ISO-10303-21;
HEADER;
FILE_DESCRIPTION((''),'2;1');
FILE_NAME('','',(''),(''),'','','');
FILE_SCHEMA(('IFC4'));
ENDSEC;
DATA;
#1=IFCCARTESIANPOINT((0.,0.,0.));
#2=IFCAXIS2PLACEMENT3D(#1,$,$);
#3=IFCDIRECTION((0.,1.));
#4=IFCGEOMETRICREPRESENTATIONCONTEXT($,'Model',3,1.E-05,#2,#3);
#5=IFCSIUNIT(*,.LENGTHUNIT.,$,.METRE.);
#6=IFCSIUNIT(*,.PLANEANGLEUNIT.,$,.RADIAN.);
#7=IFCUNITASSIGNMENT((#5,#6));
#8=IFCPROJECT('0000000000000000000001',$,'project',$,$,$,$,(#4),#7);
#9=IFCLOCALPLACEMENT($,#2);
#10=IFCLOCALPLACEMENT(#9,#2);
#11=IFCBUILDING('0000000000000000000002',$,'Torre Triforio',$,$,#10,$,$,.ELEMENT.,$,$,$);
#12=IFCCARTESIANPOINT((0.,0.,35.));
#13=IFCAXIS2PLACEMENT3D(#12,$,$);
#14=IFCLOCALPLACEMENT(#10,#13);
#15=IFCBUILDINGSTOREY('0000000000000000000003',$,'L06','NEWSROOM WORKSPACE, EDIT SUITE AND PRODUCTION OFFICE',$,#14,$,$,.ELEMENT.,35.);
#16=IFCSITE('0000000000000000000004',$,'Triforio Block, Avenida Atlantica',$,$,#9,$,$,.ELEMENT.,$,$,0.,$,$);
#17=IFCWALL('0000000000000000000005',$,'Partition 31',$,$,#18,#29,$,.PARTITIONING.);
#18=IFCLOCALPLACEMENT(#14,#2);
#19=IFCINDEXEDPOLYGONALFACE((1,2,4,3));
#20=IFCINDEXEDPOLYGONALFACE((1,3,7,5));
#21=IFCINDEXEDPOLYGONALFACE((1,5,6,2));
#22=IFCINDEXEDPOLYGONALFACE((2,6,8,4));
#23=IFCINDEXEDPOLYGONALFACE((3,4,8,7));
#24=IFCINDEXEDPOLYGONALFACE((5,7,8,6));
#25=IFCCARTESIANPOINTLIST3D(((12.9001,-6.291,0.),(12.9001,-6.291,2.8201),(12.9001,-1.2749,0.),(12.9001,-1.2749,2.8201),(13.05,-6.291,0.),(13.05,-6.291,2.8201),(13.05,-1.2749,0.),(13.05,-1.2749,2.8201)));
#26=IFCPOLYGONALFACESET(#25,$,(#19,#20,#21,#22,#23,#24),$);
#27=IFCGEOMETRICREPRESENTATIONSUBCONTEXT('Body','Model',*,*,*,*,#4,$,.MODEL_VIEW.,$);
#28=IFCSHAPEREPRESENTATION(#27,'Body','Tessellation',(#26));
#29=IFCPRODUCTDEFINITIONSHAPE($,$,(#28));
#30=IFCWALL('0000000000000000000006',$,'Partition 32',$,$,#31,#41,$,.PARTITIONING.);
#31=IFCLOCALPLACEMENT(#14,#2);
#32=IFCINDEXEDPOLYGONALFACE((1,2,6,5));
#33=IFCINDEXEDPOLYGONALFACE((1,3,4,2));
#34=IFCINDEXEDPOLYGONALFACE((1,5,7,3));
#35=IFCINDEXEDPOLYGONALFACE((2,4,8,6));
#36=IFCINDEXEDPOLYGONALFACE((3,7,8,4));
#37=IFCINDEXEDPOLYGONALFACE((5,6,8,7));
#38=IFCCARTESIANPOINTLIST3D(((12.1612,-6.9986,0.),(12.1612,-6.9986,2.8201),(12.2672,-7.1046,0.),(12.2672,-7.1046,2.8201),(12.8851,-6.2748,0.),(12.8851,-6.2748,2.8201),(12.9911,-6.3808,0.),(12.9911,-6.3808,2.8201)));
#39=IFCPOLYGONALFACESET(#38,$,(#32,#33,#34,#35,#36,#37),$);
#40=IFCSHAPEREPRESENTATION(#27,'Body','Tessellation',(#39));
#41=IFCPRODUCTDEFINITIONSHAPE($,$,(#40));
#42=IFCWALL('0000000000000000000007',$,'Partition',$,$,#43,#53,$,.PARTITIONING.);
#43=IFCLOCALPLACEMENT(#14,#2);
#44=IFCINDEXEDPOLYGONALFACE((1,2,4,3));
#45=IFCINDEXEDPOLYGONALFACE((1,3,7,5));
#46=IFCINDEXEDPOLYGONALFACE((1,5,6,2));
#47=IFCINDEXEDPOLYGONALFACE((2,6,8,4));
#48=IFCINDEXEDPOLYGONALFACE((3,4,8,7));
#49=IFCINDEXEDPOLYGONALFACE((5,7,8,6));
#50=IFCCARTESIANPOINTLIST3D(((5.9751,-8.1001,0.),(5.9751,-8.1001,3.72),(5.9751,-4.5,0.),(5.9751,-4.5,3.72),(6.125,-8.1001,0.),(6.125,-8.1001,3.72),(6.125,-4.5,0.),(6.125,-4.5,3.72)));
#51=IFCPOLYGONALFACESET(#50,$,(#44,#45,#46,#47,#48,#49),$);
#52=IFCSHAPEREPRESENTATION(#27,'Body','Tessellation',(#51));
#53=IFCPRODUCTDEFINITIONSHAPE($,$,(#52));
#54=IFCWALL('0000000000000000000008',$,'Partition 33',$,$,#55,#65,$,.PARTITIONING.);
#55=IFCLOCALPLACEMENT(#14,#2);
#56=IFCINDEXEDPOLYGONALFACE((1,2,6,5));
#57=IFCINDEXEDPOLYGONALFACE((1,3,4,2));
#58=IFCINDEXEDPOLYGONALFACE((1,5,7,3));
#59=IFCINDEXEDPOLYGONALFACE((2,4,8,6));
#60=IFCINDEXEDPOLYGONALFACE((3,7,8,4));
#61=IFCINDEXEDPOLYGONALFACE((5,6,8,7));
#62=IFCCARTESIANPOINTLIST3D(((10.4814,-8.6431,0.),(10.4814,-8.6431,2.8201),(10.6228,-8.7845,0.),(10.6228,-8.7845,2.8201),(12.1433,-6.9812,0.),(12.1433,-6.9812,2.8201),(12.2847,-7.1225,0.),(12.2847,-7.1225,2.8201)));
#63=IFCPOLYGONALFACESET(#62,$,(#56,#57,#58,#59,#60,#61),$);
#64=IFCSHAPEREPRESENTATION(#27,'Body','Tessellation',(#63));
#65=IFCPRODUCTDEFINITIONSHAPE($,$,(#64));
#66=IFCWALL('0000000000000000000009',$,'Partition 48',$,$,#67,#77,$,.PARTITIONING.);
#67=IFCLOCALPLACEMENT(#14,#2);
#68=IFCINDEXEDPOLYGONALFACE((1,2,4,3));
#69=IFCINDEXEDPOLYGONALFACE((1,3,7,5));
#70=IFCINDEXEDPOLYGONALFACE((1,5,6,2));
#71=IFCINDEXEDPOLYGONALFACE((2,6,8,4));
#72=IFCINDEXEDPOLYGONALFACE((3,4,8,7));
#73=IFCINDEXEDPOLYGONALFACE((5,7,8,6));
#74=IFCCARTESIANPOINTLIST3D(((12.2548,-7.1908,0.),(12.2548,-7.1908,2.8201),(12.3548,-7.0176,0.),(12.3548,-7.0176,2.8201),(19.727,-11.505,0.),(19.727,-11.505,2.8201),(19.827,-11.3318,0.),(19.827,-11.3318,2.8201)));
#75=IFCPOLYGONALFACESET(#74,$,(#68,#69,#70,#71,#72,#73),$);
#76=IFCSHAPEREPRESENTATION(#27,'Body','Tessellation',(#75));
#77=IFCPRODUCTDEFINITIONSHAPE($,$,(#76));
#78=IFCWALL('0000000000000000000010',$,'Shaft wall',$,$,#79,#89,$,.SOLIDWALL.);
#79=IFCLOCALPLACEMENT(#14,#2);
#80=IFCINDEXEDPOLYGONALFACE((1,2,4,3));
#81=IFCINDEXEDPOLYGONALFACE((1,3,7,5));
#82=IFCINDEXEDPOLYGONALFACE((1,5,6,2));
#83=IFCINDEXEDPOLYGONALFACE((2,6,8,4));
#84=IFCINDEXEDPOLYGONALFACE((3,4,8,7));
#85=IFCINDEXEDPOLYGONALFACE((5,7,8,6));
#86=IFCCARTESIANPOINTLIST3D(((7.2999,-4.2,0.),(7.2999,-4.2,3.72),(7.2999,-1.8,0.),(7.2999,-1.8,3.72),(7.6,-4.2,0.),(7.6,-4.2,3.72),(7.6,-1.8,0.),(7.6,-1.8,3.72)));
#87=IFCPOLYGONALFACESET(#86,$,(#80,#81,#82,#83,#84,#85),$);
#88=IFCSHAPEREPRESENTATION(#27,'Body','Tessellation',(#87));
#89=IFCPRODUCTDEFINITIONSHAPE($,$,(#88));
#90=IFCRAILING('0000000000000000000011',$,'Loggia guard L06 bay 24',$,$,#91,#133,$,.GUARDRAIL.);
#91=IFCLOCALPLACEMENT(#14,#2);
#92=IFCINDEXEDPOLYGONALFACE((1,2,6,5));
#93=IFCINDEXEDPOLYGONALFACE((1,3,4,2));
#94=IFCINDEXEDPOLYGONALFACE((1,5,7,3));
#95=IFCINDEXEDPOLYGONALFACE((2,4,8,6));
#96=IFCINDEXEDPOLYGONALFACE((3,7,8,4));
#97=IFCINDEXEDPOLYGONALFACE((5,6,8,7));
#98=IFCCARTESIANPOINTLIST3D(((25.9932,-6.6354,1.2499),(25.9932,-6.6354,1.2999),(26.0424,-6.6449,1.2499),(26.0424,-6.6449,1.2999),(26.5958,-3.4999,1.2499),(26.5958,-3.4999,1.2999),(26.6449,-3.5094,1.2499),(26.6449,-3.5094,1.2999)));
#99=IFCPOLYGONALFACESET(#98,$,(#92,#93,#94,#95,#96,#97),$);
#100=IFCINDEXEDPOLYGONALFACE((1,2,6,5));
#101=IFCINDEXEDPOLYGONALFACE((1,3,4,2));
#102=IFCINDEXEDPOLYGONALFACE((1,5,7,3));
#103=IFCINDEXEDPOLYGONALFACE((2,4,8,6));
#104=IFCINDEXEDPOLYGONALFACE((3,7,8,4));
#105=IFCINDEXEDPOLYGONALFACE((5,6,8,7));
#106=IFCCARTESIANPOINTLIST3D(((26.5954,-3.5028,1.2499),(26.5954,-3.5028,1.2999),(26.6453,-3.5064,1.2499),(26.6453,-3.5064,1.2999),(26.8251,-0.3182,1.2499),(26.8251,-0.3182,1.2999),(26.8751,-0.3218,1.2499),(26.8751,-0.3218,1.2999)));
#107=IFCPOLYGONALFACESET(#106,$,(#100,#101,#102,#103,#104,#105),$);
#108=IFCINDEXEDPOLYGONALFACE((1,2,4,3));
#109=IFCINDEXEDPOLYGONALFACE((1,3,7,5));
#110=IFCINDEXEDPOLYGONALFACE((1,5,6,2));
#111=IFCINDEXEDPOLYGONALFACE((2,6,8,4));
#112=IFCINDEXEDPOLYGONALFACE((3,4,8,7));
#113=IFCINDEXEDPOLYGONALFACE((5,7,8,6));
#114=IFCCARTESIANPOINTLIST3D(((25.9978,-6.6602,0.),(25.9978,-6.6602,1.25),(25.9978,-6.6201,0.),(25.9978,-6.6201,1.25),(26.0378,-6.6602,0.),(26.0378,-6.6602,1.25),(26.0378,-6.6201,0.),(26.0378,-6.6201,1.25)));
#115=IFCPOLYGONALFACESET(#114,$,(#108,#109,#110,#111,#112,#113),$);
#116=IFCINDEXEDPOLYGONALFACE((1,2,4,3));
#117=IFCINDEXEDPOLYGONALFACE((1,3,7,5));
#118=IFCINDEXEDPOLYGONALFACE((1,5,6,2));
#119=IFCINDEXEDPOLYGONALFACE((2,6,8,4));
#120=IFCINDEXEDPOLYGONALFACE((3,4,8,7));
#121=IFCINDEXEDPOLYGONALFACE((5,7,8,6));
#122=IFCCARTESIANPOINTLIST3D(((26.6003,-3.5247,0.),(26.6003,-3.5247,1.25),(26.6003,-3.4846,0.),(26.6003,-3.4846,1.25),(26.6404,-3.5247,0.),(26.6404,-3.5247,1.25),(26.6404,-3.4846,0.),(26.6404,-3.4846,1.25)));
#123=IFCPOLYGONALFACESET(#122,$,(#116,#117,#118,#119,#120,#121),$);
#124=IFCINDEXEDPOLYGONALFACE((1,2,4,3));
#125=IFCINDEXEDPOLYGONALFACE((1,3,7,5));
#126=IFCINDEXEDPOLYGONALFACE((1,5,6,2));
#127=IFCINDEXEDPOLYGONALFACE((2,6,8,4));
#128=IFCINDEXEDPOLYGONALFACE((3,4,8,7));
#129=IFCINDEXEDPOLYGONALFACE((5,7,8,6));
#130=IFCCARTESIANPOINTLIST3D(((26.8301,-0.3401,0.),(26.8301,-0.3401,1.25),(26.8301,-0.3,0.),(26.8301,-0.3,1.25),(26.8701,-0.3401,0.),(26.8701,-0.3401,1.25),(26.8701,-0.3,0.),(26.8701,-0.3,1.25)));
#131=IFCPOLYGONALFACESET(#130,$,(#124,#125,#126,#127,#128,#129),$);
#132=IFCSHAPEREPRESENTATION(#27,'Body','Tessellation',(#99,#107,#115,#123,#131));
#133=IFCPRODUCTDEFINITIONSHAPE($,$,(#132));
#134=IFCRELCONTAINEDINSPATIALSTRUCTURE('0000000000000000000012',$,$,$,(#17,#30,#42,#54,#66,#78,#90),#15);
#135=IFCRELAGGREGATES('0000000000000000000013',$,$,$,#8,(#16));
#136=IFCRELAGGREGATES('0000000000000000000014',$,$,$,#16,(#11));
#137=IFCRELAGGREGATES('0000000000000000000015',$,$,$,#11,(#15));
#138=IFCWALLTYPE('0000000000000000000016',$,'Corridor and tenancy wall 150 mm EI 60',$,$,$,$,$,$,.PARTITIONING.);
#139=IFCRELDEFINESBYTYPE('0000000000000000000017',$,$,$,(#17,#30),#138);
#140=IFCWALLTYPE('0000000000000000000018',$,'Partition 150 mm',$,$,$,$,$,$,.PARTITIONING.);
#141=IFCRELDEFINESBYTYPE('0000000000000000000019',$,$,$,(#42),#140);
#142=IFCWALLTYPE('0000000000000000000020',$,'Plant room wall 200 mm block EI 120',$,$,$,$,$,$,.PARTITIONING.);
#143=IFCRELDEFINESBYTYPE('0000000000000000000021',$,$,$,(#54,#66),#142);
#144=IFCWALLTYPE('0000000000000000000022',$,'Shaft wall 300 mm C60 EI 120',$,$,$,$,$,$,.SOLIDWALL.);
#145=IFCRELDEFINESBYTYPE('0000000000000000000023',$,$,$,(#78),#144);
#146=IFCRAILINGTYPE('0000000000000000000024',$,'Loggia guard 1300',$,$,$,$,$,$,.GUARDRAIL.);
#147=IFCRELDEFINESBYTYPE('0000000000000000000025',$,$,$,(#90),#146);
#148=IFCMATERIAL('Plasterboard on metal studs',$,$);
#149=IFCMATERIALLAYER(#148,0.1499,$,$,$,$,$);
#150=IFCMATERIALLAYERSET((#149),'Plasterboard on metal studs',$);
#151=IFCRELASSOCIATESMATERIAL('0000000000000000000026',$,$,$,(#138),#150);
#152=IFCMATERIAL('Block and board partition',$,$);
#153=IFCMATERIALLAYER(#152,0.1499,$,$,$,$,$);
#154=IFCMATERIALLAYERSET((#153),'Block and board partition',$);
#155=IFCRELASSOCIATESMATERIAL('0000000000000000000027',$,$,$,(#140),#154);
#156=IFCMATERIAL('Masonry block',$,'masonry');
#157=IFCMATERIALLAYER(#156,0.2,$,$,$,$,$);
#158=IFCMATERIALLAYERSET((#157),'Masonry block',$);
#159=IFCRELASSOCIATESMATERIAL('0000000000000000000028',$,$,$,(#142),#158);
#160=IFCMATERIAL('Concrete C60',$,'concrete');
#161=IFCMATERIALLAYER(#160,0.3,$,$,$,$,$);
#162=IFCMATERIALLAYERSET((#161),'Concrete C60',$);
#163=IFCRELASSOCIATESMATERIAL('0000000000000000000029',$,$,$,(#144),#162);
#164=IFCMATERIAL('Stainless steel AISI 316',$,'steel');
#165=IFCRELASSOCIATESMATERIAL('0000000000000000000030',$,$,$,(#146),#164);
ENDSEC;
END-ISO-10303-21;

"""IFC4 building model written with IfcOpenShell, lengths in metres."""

from ifc_helpers import new_model, si_unit, direction, frame, frame_2d, origin, origin_2d, place, context, subcontext, project, spatial, rectangle, extrude, material, layer, layer_set, type_object, element, save


model = new_model("IFC4")

# Units and contexts
model_context = context("Model", 3, precision=1e-05, world=origin(), true_north=direction((0.0, 1.0)))
body_context = subcontext(model_context, "Body", "Model", "MODEL_VIEW")
ifc_project = project(units=[si_unit("LENGTHUNIT", "METRE"), si_unit("PLANEANGLEUNIT", "RADIAN")], contexts=[model_context])

# Site, building, storey
site_placement = place(None, origin())
site = spatial("IfcSite", under=ifc_project, at=site_placement, Name="Triforio Block, Avenida Atlantica", CompositionType="ELEMENT", RefElevation=0.0)
building_placement = place(site_placement, origin())
building = spatial("IfcBuilding", under=site, at=building_placement, Name="Torre Triforio", CompositionType="ELEMENT")
storey_placement = place(building_placement, frame((0.0, 0.0, 35.0)))
storey = spatial("IfcBuildingStorey", under=building, at=storey_placement, Name="L06", Description="NEWSROOM WORKSPACE, EDIT SUITE AND PRODUCTION OFFICE", CompositionType="ELEMENT", Elevation=35.0)

# Shared definitions
ifc_material_1 = material(Name="Concrete C60", Category="concrete")
ifc_material_2 = material(Name="Plasterboard on metal studs")
ifc_layer_1 = layer(ifc_material_2, 0.1499)
ifc_layer_set_1 = layer_set([ifc_layer_1], Name="Plasterboard on metal studs")
wall_type_1 = type_object("IfcWallType", Name="Corridor and tenancy wall 150 mm EI 60", PredefinedType="PARTITIONING", material=ifc_layer_set_1)

# Walls
wall_1_placement = place(storey_placement, frame((12.9751, -1.2749, 0.0), z_axis=(0.0, 0.0, 1.0), x_axis=(0.0, -1.0, 0.0)))
element("IfcWall", 1, at=wall_1_placement, inside=storey, type_object=wall_type_1, Name="Partition 31", PredefinedType="PARTITIONING", context=body_context, shape_type="SweptSolid", body=[
    extrude(rectangle(XDim=5.0161, YDim=0.1499, at=frame_2d((2.5081, 0.0))), origin(), (0.0, 0.0, 1.0), 2.8201),
])
wall_2_placement = place(storey_placement, frame((12.938, -6.3279, 0.0), z_axis=(0.0, 0.0, 1.0), x_axis=(-0.707107, -0.707107, 0.0)))
element("IfcWall", 2, at=wall_2_placement, inside=storey, type_object=wall_type_1, Name="Partition 32", PredefinedType="PARTITIONING", context=body_context, shape_type="SweptSolid", body=[
    extrude(rectangle(XDim=1.0237, YDim=0.1499, at=frame_2d((0.5117, 0.0))), origin(), (0.0, 0.0, 1.0), 2.8201),
])
ifc_material_3 = material(Name="Block and board partition")
ifc_layer_2 = layer(ifc_material_3, 0.1499)
ifc_layer_set_2 = layer_set([ifc_layer_2], Name="Block and board partition")
wall_type_2 = type_object("IfcWallType", Name="Partition 150 mm", PredefinedType="PARTITIONING", material=ifc_layer_set_2)
wall_3_placement = place(storey_placement, frame((6.05, -8.1001, 0.0), z_axis=(0.0, 0.0, 1.0), x_axis=(0.0, 1.0, 0.0)))
element("IfcWall", 3, at=wall_3_placement, inside=storey, type_object=wall_type_2, Name="Partition", PredefinedType="PARTITIONING", context=body_context, shape_type="SweptSolid", body=[
    extrude(rectangle(XDim=3.6001, YDim=0.1499, at=frame_2d((1.8, 0.0))), origin(), (0.0, 0.0, 1.0), 3.72),
])
ifc_material_4 = material(Name="Masonry block", Category="masonry")
ifc_layer_3 = layer(ifc_material_4, 0.2)
ifc_layer_set_3 = layer_set([ifc_layer_3], Name="Masonry block")
wall_type_3 = type_object("IfcWallType", Name="Plant room wall 200 mm block EI 120", PredefinedType="PARTITIONING", material=ifc_layer_set_3)
wall_4_placement = place(storey_placement, frame((12.2141, -7.0518, 0.0), z_axis=(0.0, 0.0, 1.0), x_axis=(-0.707107, -0.707107, 0.0)))
element("IfcWall", 4, at=wall_4_placement, inside=storey, type_object=wall_type_3, Name="Partition 33", PredefinedType="PARTITIONING", context=body_context, shape_type="SweptSolid", body=[
    extrude(rectangle(XDim=2.3503, YDim=0.2, at=frame_2d((1.1753, 0.0))), origin(), (0.0, 0.0, 1.0), 2.8201),
])
wall_5_placement = place(storey_placement, frame((12.3049, -7.1042, 0.0), z_axis=(0.0, 0.0, 1.0), x_axis=(0.866018, -0.500013, 0.0)))
element("IfcWall", 5, at=wall_5_placement, inside=storey, type_object=wall_type_3, Name="Partition 48", PredefinedType="PARTITIONING", context=body_context, shape_type="SweptSolid", body=[
    extrude(rectangle(XDim=8.6282, YDim=0.2, at=frame_2d((4.314, 0.0))), origin(), (0.0, 0.0, 1.0), 2.8201),
])
ifc_layer_4 = layer(ifc_material_1, 0.3)
ifc_layer_set_4 = layer_set([ifc_layer_4], Name="Concrete C60")
wall_type_4 = type_object("IfcWallType", Name="Shaft wall 300 mm C60 EI 120", PredefinedType="SOLIDWALL", material=ifc_layer_set_4)
wall_6_placement = place(storey_placement, frame((7.45, -4.2, 0.0), z_axis=(0.0, 0.0, 1.0), x_axis=(0.0, 1.0, 0.0)))
element("IfcWall", 6, at=wall_6_placement, inside=storey, type_object=wall_type_4, Name="Shaft wall", PredefinedType="SOLIDWALL", context=body_context, shape_type="SweptSolid", body=[
    extrude(rectangle(XDim=2.3999, YDim=0.3, at=frame_2d((1.2, 0.0))), origin(), (0.0, 0.0, 1.0), 3.72),
])

# Railing
ifc_material_5 = material(Name="Stainless steel AISI 316", Category="steel")
railing_type = type_object("IfcRailingType", Name="Loggia guard 1300", PredefinedType="GUARDRAIL", material=ifc_material_5)
railing_placement = place(storey_placement, frame((26.0178, -6.6401, 0.0)))
element("IfcRailing", 7, at=railing_placement, inside=storey, type_object=railing_type, Name="Loggia guard L06 bay 24", PredefinedType="GUARDRAIL", context=body_context, shape_type="SweptSolid", body=[
    extrude(rectangle(XDim=0.05, YDim=0.05, at=origin_2d()), frame((0.0, 0.0, 1.2749), z_axis=(0.188714, 0.982032, 0.0), x_axis=(-0.982032, 0.188714, 0.0)), (0.0, 0.0, 1.0), 3.1929),
    extrude(rectangle(XDim=0.05, YDim=0.05, at=origin_2d()), frame((0.6025, 3.1355, 1.2749), z_axis=(0.071953, 0.997408, 0.0), x_axis=(-0.997408, 0.071953, 0.0)), (0.0, 0.0, 1.0), 3.1929),
    extrude(rectangle(XDim=0.04, YDim=0.04, at=origin_2d()), origin(), (0.0, 0.0, 1.0), 1.25),
    extrude(rectangle(XDim=0.04, YDim=0.04, at=origin_2d()), frame((0.6025, 3.1355, 0.0)), (0.0, 0.0, 1.0), 1.25),
    extrude(rectangle(XDim=0.04, YDim=0.04, at=origin_2d()), frame((0.8323, 6.3201, 0.0)), (0.0, 0.0, 1.0), 1.25),
])

save(model, "model.ifc")
